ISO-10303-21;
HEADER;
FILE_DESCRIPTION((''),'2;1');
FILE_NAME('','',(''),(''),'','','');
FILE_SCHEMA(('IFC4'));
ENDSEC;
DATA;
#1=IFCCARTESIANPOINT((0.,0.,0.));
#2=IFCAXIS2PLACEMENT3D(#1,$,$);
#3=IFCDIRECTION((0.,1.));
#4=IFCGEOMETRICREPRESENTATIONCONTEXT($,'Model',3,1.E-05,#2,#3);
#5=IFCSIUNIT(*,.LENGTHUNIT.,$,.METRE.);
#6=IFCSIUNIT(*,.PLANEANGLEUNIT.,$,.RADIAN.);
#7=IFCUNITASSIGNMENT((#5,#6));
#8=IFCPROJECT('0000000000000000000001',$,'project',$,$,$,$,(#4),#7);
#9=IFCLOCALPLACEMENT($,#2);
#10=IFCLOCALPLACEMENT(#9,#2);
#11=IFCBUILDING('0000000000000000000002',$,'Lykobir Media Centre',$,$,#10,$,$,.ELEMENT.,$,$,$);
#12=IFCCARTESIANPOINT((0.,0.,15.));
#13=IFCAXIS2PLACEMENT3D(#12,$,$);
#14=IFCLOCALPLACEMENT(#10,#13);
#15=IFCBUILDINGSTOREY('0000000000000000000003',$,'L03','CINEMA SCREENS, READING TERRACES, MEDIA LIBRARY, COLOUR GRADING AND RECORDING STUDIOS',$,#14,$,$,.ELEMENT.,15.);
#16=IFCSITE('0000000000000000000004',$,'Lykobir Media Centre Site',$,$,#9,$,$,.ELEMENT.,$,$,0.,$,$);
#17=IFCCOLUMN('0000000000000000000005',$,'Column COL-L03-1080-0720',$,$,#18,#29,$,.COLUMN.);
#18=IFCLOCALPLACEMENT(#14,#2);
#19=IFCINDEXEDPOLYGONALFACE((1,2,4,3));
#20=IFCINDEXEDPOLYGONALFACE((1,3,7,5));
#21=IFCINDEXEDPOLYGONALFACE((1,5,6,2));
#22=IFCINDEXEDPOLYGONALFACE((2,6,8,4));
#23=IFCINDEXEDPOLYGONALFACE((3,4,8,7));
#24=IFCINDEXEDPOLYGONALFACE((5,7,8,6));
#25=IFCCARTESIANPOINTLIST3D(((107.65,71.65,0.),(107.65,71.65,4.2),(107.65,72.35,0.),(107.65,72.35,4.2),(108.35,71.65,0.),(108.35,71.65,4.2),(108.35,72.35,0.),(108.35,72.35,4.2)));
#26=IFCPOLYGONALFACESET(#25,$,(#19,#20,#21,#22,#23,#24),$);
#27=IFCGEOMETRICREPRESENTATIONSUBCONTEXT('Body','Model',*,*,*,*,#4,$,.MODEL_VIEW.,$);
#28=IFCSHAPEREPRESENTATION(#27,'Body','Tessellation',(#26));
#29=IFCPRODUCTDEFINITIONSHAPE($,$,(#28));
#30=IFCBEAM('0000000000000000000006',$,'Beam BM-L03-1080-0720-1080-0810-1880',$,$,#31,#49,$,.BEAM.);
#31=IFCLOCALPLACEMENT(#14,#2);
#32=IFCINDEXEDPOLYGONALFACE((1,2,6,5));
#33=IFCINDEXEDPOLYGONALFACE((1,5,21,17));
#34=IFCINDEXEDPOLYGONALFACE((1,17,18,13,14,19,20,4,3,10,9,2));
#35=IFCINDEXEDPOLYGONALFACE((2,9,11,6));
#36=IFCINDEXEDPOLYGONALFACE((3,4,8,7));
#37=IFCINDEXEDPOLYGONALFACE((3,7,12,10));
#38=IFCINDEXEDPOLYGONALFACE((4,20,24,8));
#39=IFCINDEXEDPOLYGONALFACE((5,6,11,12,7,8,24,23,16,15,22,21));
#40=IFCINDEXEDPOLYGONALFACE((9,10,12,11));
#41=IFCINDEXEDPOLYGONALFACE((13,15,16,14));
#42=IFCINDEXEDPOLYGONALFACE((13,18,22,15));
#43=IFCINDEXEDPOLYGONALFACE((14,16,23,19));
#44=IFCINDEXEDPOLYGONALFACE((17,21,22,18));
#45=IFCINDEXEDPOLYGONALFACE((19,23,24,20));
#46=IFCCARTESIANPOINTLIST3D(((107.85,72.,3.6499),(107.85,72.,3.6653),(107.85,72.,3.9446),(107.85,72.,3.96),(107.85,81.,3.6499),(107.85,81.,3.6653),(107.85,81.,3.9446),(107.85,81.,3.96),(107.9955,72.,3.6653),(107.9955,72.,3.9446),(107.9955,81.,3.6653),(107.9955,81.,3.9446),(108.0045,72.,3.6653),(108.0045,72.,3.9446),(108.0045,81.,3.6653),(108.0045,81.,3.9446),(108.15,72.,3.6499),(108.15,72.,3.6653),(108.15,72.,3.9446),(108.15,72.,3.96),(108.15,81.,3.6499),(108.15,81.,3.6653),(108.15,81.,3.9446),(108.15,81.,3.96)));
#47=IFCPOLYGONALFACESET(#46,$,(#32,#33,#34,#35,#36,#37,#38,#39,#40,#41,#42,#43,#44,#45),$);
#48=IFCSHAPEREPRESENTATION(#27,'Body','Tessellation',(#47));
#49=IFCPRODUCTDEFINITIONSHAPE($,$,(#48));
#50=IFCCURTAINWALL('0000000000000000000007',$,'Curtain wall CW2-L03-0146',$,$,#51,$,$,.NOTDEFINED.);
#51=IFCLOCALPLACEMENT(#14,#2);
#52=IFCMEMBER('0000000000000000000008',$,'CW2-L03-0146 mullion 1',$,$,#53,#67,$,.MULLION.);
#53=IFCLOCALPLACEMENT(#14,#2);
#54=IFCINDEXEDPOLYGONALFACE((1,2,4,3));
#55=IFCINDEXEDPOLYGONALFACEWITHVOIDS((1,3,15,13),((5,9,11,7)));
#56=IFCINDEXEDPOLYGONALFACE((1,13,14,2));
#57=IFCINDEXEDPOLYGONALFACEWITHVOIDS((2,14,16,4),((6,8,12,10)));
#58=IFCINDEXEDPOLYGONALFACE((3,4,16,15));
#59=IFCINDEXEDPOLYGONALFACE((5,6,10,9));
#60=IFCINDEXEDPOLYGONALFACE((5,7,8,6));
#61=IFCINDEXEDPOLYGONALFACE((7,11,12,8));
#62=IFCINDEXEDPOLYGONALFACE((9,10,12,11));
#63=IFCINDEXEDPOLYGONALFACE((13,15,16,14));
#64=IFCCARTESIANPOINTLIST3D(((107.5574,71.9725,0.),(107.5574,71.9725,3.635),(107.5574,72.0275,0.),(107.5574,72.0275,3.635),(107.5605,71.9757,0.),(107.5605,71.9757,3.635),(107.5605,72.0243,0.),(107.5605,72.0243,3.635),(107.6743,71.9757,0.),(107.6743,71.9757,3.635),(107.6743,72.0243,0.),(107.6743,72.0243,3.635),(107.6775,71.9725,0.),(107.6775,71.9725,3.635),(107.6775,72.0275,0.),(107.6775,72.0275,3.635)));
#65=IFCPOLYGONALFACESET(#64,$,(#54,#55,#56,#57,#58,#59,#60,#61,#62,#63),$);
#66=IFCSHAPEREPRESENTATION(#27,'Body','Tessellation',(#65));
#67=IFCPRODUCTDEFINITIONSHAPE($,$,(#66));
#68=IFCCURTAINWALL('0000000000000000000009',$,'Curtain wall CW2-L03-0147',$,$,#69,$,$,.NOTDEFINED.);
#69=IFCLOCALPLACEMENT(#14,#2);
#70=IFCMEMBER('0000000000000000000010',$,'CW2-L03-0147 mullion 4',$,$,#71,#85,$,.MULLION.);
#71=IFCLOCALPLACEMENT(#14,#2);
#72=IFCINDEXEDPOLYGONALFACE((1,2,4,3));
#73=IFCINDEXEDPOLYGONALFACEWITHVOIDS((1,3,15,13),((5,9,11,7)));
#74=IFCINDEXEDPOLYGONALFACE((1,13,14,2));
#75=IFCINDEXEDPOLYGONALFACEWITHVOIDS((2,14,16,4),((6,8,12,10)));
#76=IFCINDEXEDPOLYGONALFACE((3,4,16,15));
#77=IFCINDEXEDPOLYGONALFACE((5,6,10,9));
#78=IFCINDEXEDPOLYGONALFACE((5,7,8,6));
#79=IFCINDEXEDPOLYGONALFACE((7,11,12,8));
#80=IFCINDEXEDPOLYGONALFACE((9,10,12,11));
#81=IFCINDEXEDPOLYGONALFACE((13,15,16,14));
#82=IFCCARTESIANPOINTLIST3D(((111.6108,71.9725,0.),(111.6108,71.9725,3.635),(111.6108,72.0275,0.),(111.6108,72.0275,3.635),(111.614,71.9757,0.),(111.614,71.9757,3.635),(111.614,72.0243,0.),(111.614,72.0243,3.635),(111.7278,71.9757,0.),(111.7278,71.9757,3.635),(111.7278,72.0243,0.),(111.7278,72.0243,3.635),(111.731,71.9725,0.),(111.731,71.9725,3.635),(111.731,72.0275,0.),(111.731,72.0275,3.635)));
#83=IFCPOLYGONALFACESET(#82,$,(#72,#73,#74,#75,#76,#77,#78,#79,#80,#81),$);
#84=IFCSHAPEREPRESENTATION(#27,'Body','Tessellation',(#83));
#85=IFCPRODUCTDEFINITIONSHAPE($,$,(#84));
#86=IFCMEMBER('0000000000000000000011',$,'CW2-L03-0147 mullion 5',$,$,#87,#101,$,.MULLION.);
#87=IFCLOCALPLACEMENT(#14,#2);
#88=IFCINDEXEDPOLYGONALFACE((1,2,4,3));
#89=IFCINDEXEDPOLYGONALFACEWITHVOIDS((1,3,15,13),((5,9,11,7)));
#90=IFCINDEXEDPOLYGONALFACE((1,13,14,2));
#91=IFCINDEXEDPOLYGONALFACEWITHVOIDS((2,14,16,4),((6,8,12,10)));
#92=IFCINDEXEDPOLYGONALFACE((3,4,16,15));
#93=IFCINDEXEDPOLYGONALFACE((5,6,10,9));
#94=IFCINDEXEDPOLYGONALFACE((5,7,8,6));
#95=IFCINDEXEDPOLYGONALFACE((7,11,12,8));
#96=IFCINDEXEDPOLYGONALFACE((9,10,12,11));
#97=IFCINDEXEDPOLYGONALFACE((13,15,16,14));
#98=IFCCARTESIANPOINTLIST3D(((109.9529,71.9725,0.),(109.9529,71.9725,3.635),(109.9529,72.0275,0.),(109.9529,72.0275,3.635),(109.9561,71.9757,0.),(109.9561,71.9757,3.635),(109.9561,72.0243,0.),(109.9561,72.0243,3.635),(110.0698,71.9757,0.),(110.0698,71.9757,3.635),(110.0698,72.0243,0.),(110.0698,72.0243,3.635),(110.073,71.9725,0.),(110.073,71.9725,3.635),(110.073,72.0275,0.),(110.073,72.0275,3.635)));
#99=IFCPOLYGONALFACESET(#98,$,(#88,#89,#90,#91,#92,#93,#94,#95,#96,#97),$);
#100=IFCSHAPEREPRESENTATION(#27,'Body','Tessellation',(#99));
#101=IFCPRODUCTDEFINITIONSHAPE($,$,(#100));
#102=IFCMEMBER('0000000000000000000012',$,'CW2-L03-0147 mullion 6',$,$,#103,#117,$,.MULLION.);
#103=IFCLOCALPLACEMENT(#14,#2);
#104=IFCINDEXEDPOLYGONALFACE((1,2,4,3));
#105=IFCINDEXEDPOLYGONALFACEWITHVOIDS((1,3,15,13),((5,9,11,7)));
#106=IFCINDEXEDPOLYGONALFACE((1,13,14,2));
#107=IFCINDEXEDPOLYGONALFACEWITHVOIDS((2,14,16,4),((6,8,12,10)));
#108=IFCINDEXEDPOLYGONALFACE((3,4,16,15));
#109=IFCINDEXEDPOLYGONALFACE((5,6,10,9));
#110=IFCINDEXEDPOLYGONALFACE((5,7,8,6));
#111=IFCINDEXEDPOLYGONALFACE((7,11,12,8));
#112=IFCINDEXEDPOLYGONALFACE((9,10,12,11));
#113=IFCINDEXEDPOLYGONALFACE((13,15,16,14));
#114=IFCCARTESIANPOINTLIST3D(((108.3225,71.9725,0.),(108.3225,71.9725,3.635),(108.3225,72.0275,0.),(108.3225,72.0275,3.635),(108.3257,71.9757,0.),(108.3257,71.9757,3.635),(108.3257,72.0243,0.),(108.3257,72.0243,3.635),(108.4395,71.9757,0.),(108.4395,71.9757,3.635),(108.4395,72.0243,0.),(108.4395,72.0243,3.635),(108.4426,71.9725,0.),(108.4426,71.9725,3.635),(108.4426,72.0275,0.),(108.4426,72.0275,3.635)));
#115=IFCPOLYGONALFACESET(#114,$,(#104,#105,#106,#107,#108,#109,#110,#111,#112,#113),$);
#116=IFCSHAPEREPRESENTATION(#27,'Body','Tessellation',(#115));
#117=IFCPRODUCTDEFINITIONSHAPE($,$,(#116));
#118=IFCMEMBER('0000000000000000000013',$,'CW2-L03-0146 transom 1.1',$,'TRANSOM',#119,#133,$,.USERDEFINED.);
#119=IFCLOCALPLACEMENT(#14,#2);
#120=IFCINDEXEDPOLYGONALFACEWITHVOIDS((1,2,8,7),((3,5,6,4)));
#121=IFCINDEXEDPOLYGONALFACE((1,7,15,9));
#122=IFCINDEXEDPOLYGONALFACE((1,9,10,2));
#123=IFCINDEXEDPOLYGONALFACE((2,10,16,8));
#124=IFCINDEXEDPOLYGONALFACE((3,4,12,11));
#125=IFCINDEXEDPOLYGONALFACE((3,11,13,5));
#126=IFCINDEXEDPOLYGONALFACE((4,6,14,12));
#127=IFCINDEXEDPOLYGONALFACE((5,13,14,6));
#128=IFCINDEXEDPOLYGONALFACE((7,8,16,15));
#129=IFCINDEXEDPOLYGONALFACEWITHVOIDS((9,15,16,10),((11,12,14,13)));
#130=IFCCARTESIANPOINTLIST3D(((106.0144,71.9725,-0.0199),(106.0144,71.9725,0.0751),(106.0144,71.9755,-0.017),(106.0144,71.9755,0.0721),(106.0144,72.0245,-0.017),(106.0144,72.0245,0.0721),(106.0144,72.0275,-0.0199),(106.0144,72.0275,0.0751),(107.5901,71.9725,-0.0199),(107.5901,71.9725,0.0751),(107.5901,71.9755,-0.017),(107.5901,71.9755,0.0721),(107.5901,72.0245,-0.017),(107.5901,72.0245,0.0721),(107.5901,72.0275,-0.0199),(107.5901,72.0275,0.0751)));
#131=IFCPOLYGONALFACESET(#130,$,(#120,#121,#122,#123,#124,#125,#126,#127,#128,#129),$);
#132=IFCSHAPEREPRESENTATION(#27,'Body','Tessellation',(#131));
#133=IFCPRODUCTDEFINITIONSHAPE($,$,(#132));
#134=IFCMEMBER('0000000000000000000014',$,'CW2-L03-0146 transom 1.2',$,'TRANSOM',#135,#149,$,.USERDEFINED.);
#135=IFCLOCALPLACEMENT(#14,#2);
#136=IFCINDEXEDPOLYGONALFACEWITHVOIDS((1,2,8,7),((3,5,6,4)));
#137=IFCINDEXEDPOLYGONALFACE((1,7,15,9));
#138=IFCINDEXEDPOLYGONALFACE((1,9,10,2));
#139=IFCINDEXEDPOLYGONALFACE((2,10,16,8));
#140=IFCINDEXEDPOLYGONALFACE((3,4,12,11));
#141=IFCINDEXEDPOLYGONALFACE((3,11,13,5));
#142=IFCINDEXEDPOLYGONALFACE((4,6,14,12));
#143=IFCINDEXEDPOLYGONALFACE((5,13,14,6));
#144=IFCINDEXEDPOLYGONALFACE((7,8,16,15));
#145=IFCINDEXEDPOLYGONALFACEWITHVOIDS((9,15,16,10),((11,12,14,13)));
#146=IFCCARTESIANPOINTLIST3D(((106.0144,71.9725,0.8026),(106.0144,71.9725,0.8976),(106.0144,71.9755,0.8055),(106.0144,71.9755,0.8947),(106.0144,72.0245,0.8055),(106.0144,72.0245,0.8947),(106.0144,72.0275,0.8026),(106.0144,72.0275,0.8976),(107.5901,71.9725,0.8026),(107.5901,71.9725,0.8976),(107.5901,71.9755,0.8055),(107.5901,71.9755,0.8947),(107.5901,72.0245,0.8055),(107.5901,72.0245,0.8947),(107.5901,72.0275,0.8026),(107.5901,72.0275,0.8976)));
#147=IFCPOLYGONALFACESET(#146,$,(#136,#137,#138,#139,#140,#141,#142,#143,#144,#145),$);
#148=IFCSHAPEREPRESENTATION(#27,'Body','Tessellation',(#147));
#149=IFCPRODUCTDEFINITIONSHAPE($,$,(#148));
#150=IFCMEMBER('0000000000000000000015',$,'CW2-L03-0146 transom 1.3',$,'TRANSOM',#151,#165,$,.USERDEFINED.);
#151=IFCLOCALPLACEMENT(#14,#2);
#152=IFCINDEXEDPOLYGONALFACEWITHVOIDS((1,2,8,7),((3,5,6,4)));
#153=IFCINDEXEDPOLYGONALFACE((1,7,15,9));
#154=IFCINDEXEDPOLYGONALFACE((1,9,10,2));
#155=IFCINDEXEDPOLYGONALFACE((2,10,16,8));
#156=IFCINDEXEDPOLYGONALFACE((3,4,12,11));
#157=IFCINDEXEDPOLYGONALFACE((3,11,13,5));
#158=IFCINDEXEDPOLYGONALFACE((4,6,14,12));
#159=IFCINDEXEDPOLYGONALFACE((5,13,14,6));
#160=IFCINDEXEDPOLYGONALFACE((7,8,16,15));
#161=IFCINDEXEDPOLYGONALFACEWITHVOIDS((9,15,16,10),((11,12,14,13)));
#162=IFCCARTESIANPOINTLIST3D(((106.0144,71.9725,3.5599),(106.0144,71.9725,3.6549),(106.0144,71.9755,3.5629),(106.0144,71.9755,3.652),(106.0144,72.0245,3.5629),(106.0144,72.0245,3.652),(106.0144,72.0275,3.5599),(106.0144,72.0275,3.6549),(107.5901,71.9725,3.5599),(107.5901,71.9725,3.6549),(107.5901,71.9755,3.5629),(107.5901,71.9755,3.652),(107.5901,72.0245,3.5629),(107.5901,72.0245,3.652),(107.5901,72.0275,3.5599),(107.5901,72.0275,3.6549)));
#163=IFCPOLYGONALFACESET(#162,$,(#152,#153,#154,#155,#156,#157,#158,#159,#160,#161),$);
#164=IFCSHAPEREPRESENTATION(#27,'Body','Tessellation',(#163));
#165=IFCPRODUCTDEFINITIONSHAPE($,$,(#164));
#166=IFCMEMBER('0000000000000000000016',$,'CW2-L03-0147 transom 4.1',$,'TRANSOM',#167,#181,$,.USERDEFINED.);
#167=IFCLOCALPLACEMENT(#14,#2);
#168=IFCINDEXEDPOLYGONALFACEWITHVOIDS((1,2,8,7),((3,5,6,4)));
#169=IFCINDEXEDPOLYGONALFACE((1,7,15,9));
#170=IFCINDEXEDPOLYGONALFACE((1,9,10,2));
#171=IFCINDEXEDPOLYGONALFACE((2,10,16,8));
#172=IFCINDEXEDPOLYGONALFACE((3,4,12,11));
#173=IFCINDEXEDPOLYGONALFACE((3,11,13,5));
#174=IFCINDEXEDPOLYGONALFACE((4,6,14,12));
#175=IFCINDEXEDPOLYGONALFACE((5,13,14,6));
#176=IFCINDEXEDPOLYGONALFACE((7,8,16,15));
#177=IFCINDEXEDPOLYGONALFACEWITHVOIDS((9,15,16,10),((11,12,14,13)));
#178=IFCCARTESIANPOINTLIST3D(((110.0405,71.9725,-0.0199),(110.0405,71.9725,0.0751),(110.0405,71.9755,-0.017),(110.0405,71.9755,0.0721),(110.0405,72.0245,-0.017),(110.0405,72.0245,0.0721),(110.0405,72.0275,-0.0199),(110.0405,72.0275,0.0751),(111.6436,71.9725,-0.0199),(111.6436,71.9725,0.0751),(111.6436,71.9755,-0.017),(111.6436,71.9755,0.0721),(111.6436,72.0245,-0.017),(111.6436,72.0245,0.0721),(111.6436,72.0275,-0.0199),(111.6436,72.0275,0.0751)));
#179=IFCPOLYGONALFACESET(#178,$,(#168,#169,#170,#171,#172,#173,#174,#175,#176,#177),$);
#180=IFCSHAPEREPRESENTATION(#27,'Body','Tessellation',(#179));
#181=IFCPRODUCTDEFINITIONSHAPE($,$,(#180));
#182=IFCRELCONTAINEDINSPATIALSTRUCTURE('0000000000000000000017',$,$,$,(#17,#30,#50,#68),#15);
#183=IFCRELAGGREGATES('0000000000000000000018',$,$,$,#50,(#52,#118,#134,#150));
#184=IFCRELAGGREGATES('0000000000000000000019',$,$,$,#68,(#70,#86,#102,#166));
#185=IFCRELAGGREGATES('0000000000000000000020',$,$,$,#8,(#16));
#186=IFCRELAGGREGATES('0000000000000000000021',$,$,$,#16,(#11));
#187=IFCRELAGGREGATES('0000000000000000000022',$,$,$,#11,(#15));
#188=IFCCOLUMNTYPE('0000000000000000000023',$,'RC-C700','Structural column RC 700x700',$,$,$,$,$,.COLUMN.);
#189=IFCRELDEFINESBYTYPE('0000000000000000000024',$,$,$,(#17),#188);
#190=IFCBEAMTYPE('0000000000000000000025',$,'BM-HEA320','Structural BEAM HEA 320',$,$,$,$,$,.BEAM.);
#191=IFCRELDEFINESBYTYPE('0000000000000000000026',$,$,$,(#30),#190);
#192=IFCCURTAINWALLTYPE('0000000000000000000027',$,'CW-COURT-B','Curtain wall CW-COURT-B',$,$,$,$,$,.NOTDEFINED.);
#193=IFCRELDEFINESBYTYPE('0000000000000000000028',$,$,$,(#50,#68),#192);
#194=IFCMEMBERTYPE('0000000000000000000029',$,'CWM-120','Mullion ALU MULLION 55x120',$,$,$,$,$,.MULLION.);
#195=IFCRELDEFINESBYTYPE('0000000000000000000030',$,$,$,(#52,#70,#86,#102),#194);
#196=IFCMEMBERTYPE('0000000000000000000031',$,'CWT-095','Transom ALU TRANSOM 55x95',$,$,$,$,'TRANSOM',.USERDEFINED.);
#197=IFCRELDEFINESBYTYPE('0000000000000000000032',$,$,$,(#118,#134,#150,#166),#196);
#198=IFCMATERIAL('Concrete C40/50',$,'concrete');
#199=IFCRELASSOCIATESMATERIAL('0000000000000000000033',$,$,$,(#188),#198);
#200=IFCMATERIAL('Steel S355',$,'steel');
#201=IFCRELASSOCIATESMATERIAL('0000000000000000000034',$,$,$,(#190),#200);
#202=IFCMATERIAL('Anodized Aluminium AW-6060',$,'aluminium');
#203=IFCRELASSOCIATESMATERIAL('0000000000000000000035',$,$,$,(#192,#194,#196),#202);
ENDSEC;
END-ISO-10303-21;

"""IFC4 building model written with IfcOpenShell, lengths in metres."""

from ifc_helpers import new_model, si_unit, direction, frame, origin, origin_2d, place, context, subcontext, project, spatial, rectangle, hollow_rectangle, i_section, extrude, material, material_profile, profile_set, type_object, element, aggregate, save


model = new_model("IFC4")

# Units and contexts
model_context = context("Model", 3, precision=1e-05, world=origin(), true_north=direction((0.0, 1.0)))
body_context = subcontext(model_context, "Body", "Model", "MODEL_VIEW")
ifc_project = project(units=[si_unit("LENGTHUNIT", "METRE"), si_unit("PLANEANGLEUNIT", "RADIAN")], contexts=[model_context])

# Site, building, storey
site_placement = place(None, origin())
site = spatial("IfcSite", under=ifc_project, at=site_placement, Name="Lykobir Media Centre Site", CompositionType="ELEMENT", RefElevation=0.0)
building_placement = place(site_placement, origin())
building = spatial("IfcBuilding", under=site, at=building_placement, Name="Lykobir Media Centre", CompositionType="ELEMENT")
storey_placement = place(building_placement, frame((0.0, 0.0, 15.0)))
storey = spatial("IfcBuildingStorey", under=building, at=storey_placement, Name="L03", Description="CINEMA SCREENS, READING TERRACES, MEDIA LIBRARY, COLOUR GRADING AND RECORDING STUDIOS", CompositionType="ELEMENT", Elevation=15.0)

# Column
ifc_material_1 = material(Name="Concrete C40/50", Category="concrete")
ifc_material_profile_1 = material_profile(ifc_material_1, rectangle(XDim=0.7, YDim=0.7, at=origin_2d()), Name="RC 700x700")
ifc_profile_set_1 = profile_set([ifc_material_profile_1], Name="Concrete C40/50")
column_type = type_object("IfcColumnType", Name="RC-C700", Description="Structural column RC 700x700", PredefinedType="COLUMN", material=ifc_profile_set_1)
column_placement = place(storey_placement, frame((108.0, 72.0, 0.0), z_axis=(0.0, 0.0, 1.0), x_axis=(1.0, 0.0, 0.0)))
element("IfcColumn", 1, at=column_placement, inside=storey, type_object=column_type, Name="Column COL-L03-1080-0720", PredefinedType="COLUMN", context=body_context, shape_type="SweptSolid", body=[
    extrude(rectangle(XDim=0.7, YDim=0.7, at=origin_2d()), origin(), (0.0, 0.0, 1.0), 4.2),
])

# Beam
ifc_material_2 = material(Name="Steel S355", Category="steel")
ifc_material_profile_2 = material_profile(ifc_material_2, i_section(OverallWidth=0.3, OverallDepth=0.3101, WebThickness=0.009, FlangeThickness=0.0154, at=origin_2d()), Name="HEA 320")
ifc_profile_set_2 = profile_set([ifc_material_profile_2], Name="Steel S355")
beam_type_1 = type_object("IfcBeamType", Name="BM-HEA320", Description="Structural BEAM HEA 320", PredefinedType="BEAM", material=ifc_profile_set_2)
beam_1_placement = place(storey_placement, frame((108.0, 72.0, 3.8049), z_axis=(0.0, 1.0, 0.0), x_axis=(-1.0, 0.0, 0.0)))
element("IfcBeam", 2, at=beam_1_placement, inside=storey, type_object=beam_type_1, Name="Beam BM-L03-1080-0720-1080-0810-1880", PredefinedType="BEAM", context=body_context, shape_type="SweptSolid", body=[
    extrude(i_section(OverallWidth=0.3, OverallDepth=0.3101, WebThickness=0.009, FlangeThickness=0.0154, at=origin_2d()), origin(), (0.0, 0.0, 1.0), 9.0),
])

# Curtain wall, member
ifc_material_3 = material(Name="Anodized Aluminium AW-6060", Category="aluminium")
curtain_wall_type = type_object("IfcCurtainWallType", Name="CW-COURT-B", Description="Curtain wall CW-COURT-B", PredefinedType="NOTDEFINED", material=ifc_material_3)
curtain_wall_1_placement = place(storey_placement, origin())
curtain_wall_1 = element("IfcCurtainWall", 3, at=curtain_wall_1_placement, inside=storey, type_object=curtain_wall_type, Name="Curtain wall CW2-L03-0146", PredefinedType="NOTDEFINED")
ifc_material_profile_3 = material_profile(ifc_material_3, hollow_rectangle(XDim=0.0549, YDim=0.1201, WallThickness=0.0032, at=origin_2d()), Name="ALU MULLION 55x120")
ifc_profile_set_3 = profile_set([ifc_material_profile_3], Name="Anodized Aluminium AW-6060")
member_type_1 = type_object("IfcMemberType", Name="CWM-120", Description="Mullion ALU MULLION 55x120", PredefinedType="MULLION", material=ifc_profile_set_3)
member_1_placement = place(storey_placement, frame((107.6174, 72.0, 0.0), z_axis=(0.0, 0.0, 1.0), x_axis=(0.0, -1.0, 0.0)))
member_1 = element("IfcMember", 4, at=member_1_placement, type_object=member_type_1, Name="CW2-L03-0146 mullion 1", PredefinedType="MULLION", context=body_context, shape_type="SweptSolid", body=[
    extrude(hollow_rectangle(XDim=0.0549, YDim=0.1201, WallThickness=0.0032, at=origin_2d()), origin(), (0.0, 0.0, 1.0), 3.635),
])

# Curtain wall, members
curtain_wall_2_placement = place(storey_placement, origin())
curtain_wall_2 = element("IfcCurtainWall", 5, at=curtain_wall_2_placement, inside=storey, type_object=curtain_wall_type, Name="Curtain wall CW2-L03-0147", PredefinedType="NOTDEFINED")
member_2_placement = place(storey_placement, frame((111.6709, 72.0, 0.0), z_axis=(0.0, 0.0, 1.0), x_axis=(0.0, -1.0, 0.0)))
member_2 = element("IfcMember", 6, at=member_2_placement, type_object=member_type_1, Name="CW2-L03-0147 mullion 4", PredefinedType="MULLION", context=body_context, shape_type="SweptSolid", body=[
    extrude(hollow_rectangle(XDim=0.0549, YDim=0.1201, WallThickness=0.0032, at=origin_2d()), origin(), (0.0, 0.0, 1.0), 3.635),
])
member_3_placement = place(storey_placement, frame((110.0129, 72.0, 0.0), z_axis=(0.0, 0.0, 1.0), x_axis=(0.0, -1.0, 0.0)))
member_3 = element("IfcMember", 7, at=member_3_placement, type_object=member_type_1, Name="CW2-L03-0147 mullion 5", PredefinedType="MULLION", context=body_context, shape_type="SweptSolid", body=[
    extrude(hollow_rectangle(XDim=0.0549, YDim=0.1201, WallThickness=0.0032, at=origin_2d()), origin(), (0.0, 0.0, 1.0), 3.635),
])
member_4_placement = place(storey_placement, frame((108.3826, 72.0, 0.0), z_axis=(0.0, 0.0, 1.0), x_axis=(0.0, -1.0, 0.0)))
member_4 = element("IfcMember", 8, at=member_4_placement, type_object=member_type_1, Name="CW2-L03-0147 mullion 6", PredefinedType="MULLION", context=body_context, shape_type="SweptSolid", body=[
    extrude(hollow_rectangle(XDim=0.0549, YDim=0.1201, WallThickness=0.0032, at=origin_2d()), origin(), (0.0, 0.0, 1.0), 3.635),
])

# Members
ifc_material_profile_4 = material_profile(ifc_material_3, hollow_rectangle(XDim=0.0549, YDim=0.095, WallThickness=0.0029, at=origin_2d()), Name="ALU TRANSOM 55x95")
ifc_profile_set_4 = profile_set([ifc_material_profile_4], Name="Anodized Aluminium AW-6060")
member_type_2 = type_object("IfcMemberType", Name="CWT-095", Description="Transom ALU TRANSOM 55x95", ElementType="TRANSOM", PredefinedType="USERDEFINED", material=ifc_profile_set_4)
member_5_placement = place(storey_placement, frame((107.5901, 72.0, 0.0276), z_axis=(-1.0, 0.0, 0.0), x_axis=(0.0, -1.0, 0.0)))
member_5 = element("IfcMember", 9, at=member_5_placement, type_object=member_type_2, Name="CW2-L03-0146 transom 1.1", ObjectType="TRANSOM", PredefinedType="USERDEFINED", context=body_context, shape_type="SweptSolid", body=[
    extrude(hollow_rectangle(XDim=0.0549, YDim=0.095, WallThickness=0.0029, at=origin_2d()), origin(), (0.0, 0.0, 1.0), 1.5757),
])
member_6_placement = place(storey_placement, frame((107.5901, 72.0, 0.8501), z_axis=(-1.0, 0.0, 0.0), x_axis=(0.0, -1.0, 0.0)))
member_6 = element("IfcMember", 10, at=member_6_placement, type_object=member_type_2, Name="CW2-L03-0146 transom 1.2", ObjectType="TRANSOM", PredefinedType="USERDEFINED", context=body_context, shape_type="SweptSolid", body=[
    extrude(hollow_rectangle(XDim=0.0549, YDim=0.095, WallThickness=0.0029, at=origin_2d()), origin(), (0.0, 0.0, 1.0), 1.5757),
])
member_7_placement = place(storey_placement, frame((107.5901, 72.0, 3.6074), z_axis=(-1.0, 0.0, 0.0), x_axis=(0.0, -1.0, 0.0)))
member_7 = element("IfcMember", 11, at=member_7_placement, type_object=member_type_2, Name="CW2-L03-0146 transom 1.3", ObjectType="TRANSOM", PredefinedType="USERDEFINED", context=body_context, shape_type="SweptSolid", body=[
    extrude(hollow_rectangle(XDim=0.0549, YDim=0.095, WallThickness=0.0029, at=origin_2d()), origin(), (0.0, 0.0, 1.0), 1.5757),
])
member_8_placement = place(storey_placement, frame((111.6436, 72.0, 0.0276), z_axis=(-1.0, 0.0, 0.0), x_axis=(0.0, -1.0, 0.0)))
member_8 = element("IfcMember", 12, at=member_8_placement, type_object=member_type_2, Name="CW2-L03-0147 transom 4.1", ObjectType="TRANSOM", PredefinedType="USERDEFINED", context=body_context, shape_type="SweptSolid", body=[
    extrude(hollow_rectangle(XDim=0.0549, YDim=0.095, WallThickness=0.0029, at=origin_2d()), origin(), (0.0, 0.0, 1.0), 1.603),
])

aggregate(curtain_wall_1, [member_1, member_5, member_6, member_7])
aggregate(curtain_wall_2, [member_2, member_3, member_4, member_8])

save(model, "model.ifc")
